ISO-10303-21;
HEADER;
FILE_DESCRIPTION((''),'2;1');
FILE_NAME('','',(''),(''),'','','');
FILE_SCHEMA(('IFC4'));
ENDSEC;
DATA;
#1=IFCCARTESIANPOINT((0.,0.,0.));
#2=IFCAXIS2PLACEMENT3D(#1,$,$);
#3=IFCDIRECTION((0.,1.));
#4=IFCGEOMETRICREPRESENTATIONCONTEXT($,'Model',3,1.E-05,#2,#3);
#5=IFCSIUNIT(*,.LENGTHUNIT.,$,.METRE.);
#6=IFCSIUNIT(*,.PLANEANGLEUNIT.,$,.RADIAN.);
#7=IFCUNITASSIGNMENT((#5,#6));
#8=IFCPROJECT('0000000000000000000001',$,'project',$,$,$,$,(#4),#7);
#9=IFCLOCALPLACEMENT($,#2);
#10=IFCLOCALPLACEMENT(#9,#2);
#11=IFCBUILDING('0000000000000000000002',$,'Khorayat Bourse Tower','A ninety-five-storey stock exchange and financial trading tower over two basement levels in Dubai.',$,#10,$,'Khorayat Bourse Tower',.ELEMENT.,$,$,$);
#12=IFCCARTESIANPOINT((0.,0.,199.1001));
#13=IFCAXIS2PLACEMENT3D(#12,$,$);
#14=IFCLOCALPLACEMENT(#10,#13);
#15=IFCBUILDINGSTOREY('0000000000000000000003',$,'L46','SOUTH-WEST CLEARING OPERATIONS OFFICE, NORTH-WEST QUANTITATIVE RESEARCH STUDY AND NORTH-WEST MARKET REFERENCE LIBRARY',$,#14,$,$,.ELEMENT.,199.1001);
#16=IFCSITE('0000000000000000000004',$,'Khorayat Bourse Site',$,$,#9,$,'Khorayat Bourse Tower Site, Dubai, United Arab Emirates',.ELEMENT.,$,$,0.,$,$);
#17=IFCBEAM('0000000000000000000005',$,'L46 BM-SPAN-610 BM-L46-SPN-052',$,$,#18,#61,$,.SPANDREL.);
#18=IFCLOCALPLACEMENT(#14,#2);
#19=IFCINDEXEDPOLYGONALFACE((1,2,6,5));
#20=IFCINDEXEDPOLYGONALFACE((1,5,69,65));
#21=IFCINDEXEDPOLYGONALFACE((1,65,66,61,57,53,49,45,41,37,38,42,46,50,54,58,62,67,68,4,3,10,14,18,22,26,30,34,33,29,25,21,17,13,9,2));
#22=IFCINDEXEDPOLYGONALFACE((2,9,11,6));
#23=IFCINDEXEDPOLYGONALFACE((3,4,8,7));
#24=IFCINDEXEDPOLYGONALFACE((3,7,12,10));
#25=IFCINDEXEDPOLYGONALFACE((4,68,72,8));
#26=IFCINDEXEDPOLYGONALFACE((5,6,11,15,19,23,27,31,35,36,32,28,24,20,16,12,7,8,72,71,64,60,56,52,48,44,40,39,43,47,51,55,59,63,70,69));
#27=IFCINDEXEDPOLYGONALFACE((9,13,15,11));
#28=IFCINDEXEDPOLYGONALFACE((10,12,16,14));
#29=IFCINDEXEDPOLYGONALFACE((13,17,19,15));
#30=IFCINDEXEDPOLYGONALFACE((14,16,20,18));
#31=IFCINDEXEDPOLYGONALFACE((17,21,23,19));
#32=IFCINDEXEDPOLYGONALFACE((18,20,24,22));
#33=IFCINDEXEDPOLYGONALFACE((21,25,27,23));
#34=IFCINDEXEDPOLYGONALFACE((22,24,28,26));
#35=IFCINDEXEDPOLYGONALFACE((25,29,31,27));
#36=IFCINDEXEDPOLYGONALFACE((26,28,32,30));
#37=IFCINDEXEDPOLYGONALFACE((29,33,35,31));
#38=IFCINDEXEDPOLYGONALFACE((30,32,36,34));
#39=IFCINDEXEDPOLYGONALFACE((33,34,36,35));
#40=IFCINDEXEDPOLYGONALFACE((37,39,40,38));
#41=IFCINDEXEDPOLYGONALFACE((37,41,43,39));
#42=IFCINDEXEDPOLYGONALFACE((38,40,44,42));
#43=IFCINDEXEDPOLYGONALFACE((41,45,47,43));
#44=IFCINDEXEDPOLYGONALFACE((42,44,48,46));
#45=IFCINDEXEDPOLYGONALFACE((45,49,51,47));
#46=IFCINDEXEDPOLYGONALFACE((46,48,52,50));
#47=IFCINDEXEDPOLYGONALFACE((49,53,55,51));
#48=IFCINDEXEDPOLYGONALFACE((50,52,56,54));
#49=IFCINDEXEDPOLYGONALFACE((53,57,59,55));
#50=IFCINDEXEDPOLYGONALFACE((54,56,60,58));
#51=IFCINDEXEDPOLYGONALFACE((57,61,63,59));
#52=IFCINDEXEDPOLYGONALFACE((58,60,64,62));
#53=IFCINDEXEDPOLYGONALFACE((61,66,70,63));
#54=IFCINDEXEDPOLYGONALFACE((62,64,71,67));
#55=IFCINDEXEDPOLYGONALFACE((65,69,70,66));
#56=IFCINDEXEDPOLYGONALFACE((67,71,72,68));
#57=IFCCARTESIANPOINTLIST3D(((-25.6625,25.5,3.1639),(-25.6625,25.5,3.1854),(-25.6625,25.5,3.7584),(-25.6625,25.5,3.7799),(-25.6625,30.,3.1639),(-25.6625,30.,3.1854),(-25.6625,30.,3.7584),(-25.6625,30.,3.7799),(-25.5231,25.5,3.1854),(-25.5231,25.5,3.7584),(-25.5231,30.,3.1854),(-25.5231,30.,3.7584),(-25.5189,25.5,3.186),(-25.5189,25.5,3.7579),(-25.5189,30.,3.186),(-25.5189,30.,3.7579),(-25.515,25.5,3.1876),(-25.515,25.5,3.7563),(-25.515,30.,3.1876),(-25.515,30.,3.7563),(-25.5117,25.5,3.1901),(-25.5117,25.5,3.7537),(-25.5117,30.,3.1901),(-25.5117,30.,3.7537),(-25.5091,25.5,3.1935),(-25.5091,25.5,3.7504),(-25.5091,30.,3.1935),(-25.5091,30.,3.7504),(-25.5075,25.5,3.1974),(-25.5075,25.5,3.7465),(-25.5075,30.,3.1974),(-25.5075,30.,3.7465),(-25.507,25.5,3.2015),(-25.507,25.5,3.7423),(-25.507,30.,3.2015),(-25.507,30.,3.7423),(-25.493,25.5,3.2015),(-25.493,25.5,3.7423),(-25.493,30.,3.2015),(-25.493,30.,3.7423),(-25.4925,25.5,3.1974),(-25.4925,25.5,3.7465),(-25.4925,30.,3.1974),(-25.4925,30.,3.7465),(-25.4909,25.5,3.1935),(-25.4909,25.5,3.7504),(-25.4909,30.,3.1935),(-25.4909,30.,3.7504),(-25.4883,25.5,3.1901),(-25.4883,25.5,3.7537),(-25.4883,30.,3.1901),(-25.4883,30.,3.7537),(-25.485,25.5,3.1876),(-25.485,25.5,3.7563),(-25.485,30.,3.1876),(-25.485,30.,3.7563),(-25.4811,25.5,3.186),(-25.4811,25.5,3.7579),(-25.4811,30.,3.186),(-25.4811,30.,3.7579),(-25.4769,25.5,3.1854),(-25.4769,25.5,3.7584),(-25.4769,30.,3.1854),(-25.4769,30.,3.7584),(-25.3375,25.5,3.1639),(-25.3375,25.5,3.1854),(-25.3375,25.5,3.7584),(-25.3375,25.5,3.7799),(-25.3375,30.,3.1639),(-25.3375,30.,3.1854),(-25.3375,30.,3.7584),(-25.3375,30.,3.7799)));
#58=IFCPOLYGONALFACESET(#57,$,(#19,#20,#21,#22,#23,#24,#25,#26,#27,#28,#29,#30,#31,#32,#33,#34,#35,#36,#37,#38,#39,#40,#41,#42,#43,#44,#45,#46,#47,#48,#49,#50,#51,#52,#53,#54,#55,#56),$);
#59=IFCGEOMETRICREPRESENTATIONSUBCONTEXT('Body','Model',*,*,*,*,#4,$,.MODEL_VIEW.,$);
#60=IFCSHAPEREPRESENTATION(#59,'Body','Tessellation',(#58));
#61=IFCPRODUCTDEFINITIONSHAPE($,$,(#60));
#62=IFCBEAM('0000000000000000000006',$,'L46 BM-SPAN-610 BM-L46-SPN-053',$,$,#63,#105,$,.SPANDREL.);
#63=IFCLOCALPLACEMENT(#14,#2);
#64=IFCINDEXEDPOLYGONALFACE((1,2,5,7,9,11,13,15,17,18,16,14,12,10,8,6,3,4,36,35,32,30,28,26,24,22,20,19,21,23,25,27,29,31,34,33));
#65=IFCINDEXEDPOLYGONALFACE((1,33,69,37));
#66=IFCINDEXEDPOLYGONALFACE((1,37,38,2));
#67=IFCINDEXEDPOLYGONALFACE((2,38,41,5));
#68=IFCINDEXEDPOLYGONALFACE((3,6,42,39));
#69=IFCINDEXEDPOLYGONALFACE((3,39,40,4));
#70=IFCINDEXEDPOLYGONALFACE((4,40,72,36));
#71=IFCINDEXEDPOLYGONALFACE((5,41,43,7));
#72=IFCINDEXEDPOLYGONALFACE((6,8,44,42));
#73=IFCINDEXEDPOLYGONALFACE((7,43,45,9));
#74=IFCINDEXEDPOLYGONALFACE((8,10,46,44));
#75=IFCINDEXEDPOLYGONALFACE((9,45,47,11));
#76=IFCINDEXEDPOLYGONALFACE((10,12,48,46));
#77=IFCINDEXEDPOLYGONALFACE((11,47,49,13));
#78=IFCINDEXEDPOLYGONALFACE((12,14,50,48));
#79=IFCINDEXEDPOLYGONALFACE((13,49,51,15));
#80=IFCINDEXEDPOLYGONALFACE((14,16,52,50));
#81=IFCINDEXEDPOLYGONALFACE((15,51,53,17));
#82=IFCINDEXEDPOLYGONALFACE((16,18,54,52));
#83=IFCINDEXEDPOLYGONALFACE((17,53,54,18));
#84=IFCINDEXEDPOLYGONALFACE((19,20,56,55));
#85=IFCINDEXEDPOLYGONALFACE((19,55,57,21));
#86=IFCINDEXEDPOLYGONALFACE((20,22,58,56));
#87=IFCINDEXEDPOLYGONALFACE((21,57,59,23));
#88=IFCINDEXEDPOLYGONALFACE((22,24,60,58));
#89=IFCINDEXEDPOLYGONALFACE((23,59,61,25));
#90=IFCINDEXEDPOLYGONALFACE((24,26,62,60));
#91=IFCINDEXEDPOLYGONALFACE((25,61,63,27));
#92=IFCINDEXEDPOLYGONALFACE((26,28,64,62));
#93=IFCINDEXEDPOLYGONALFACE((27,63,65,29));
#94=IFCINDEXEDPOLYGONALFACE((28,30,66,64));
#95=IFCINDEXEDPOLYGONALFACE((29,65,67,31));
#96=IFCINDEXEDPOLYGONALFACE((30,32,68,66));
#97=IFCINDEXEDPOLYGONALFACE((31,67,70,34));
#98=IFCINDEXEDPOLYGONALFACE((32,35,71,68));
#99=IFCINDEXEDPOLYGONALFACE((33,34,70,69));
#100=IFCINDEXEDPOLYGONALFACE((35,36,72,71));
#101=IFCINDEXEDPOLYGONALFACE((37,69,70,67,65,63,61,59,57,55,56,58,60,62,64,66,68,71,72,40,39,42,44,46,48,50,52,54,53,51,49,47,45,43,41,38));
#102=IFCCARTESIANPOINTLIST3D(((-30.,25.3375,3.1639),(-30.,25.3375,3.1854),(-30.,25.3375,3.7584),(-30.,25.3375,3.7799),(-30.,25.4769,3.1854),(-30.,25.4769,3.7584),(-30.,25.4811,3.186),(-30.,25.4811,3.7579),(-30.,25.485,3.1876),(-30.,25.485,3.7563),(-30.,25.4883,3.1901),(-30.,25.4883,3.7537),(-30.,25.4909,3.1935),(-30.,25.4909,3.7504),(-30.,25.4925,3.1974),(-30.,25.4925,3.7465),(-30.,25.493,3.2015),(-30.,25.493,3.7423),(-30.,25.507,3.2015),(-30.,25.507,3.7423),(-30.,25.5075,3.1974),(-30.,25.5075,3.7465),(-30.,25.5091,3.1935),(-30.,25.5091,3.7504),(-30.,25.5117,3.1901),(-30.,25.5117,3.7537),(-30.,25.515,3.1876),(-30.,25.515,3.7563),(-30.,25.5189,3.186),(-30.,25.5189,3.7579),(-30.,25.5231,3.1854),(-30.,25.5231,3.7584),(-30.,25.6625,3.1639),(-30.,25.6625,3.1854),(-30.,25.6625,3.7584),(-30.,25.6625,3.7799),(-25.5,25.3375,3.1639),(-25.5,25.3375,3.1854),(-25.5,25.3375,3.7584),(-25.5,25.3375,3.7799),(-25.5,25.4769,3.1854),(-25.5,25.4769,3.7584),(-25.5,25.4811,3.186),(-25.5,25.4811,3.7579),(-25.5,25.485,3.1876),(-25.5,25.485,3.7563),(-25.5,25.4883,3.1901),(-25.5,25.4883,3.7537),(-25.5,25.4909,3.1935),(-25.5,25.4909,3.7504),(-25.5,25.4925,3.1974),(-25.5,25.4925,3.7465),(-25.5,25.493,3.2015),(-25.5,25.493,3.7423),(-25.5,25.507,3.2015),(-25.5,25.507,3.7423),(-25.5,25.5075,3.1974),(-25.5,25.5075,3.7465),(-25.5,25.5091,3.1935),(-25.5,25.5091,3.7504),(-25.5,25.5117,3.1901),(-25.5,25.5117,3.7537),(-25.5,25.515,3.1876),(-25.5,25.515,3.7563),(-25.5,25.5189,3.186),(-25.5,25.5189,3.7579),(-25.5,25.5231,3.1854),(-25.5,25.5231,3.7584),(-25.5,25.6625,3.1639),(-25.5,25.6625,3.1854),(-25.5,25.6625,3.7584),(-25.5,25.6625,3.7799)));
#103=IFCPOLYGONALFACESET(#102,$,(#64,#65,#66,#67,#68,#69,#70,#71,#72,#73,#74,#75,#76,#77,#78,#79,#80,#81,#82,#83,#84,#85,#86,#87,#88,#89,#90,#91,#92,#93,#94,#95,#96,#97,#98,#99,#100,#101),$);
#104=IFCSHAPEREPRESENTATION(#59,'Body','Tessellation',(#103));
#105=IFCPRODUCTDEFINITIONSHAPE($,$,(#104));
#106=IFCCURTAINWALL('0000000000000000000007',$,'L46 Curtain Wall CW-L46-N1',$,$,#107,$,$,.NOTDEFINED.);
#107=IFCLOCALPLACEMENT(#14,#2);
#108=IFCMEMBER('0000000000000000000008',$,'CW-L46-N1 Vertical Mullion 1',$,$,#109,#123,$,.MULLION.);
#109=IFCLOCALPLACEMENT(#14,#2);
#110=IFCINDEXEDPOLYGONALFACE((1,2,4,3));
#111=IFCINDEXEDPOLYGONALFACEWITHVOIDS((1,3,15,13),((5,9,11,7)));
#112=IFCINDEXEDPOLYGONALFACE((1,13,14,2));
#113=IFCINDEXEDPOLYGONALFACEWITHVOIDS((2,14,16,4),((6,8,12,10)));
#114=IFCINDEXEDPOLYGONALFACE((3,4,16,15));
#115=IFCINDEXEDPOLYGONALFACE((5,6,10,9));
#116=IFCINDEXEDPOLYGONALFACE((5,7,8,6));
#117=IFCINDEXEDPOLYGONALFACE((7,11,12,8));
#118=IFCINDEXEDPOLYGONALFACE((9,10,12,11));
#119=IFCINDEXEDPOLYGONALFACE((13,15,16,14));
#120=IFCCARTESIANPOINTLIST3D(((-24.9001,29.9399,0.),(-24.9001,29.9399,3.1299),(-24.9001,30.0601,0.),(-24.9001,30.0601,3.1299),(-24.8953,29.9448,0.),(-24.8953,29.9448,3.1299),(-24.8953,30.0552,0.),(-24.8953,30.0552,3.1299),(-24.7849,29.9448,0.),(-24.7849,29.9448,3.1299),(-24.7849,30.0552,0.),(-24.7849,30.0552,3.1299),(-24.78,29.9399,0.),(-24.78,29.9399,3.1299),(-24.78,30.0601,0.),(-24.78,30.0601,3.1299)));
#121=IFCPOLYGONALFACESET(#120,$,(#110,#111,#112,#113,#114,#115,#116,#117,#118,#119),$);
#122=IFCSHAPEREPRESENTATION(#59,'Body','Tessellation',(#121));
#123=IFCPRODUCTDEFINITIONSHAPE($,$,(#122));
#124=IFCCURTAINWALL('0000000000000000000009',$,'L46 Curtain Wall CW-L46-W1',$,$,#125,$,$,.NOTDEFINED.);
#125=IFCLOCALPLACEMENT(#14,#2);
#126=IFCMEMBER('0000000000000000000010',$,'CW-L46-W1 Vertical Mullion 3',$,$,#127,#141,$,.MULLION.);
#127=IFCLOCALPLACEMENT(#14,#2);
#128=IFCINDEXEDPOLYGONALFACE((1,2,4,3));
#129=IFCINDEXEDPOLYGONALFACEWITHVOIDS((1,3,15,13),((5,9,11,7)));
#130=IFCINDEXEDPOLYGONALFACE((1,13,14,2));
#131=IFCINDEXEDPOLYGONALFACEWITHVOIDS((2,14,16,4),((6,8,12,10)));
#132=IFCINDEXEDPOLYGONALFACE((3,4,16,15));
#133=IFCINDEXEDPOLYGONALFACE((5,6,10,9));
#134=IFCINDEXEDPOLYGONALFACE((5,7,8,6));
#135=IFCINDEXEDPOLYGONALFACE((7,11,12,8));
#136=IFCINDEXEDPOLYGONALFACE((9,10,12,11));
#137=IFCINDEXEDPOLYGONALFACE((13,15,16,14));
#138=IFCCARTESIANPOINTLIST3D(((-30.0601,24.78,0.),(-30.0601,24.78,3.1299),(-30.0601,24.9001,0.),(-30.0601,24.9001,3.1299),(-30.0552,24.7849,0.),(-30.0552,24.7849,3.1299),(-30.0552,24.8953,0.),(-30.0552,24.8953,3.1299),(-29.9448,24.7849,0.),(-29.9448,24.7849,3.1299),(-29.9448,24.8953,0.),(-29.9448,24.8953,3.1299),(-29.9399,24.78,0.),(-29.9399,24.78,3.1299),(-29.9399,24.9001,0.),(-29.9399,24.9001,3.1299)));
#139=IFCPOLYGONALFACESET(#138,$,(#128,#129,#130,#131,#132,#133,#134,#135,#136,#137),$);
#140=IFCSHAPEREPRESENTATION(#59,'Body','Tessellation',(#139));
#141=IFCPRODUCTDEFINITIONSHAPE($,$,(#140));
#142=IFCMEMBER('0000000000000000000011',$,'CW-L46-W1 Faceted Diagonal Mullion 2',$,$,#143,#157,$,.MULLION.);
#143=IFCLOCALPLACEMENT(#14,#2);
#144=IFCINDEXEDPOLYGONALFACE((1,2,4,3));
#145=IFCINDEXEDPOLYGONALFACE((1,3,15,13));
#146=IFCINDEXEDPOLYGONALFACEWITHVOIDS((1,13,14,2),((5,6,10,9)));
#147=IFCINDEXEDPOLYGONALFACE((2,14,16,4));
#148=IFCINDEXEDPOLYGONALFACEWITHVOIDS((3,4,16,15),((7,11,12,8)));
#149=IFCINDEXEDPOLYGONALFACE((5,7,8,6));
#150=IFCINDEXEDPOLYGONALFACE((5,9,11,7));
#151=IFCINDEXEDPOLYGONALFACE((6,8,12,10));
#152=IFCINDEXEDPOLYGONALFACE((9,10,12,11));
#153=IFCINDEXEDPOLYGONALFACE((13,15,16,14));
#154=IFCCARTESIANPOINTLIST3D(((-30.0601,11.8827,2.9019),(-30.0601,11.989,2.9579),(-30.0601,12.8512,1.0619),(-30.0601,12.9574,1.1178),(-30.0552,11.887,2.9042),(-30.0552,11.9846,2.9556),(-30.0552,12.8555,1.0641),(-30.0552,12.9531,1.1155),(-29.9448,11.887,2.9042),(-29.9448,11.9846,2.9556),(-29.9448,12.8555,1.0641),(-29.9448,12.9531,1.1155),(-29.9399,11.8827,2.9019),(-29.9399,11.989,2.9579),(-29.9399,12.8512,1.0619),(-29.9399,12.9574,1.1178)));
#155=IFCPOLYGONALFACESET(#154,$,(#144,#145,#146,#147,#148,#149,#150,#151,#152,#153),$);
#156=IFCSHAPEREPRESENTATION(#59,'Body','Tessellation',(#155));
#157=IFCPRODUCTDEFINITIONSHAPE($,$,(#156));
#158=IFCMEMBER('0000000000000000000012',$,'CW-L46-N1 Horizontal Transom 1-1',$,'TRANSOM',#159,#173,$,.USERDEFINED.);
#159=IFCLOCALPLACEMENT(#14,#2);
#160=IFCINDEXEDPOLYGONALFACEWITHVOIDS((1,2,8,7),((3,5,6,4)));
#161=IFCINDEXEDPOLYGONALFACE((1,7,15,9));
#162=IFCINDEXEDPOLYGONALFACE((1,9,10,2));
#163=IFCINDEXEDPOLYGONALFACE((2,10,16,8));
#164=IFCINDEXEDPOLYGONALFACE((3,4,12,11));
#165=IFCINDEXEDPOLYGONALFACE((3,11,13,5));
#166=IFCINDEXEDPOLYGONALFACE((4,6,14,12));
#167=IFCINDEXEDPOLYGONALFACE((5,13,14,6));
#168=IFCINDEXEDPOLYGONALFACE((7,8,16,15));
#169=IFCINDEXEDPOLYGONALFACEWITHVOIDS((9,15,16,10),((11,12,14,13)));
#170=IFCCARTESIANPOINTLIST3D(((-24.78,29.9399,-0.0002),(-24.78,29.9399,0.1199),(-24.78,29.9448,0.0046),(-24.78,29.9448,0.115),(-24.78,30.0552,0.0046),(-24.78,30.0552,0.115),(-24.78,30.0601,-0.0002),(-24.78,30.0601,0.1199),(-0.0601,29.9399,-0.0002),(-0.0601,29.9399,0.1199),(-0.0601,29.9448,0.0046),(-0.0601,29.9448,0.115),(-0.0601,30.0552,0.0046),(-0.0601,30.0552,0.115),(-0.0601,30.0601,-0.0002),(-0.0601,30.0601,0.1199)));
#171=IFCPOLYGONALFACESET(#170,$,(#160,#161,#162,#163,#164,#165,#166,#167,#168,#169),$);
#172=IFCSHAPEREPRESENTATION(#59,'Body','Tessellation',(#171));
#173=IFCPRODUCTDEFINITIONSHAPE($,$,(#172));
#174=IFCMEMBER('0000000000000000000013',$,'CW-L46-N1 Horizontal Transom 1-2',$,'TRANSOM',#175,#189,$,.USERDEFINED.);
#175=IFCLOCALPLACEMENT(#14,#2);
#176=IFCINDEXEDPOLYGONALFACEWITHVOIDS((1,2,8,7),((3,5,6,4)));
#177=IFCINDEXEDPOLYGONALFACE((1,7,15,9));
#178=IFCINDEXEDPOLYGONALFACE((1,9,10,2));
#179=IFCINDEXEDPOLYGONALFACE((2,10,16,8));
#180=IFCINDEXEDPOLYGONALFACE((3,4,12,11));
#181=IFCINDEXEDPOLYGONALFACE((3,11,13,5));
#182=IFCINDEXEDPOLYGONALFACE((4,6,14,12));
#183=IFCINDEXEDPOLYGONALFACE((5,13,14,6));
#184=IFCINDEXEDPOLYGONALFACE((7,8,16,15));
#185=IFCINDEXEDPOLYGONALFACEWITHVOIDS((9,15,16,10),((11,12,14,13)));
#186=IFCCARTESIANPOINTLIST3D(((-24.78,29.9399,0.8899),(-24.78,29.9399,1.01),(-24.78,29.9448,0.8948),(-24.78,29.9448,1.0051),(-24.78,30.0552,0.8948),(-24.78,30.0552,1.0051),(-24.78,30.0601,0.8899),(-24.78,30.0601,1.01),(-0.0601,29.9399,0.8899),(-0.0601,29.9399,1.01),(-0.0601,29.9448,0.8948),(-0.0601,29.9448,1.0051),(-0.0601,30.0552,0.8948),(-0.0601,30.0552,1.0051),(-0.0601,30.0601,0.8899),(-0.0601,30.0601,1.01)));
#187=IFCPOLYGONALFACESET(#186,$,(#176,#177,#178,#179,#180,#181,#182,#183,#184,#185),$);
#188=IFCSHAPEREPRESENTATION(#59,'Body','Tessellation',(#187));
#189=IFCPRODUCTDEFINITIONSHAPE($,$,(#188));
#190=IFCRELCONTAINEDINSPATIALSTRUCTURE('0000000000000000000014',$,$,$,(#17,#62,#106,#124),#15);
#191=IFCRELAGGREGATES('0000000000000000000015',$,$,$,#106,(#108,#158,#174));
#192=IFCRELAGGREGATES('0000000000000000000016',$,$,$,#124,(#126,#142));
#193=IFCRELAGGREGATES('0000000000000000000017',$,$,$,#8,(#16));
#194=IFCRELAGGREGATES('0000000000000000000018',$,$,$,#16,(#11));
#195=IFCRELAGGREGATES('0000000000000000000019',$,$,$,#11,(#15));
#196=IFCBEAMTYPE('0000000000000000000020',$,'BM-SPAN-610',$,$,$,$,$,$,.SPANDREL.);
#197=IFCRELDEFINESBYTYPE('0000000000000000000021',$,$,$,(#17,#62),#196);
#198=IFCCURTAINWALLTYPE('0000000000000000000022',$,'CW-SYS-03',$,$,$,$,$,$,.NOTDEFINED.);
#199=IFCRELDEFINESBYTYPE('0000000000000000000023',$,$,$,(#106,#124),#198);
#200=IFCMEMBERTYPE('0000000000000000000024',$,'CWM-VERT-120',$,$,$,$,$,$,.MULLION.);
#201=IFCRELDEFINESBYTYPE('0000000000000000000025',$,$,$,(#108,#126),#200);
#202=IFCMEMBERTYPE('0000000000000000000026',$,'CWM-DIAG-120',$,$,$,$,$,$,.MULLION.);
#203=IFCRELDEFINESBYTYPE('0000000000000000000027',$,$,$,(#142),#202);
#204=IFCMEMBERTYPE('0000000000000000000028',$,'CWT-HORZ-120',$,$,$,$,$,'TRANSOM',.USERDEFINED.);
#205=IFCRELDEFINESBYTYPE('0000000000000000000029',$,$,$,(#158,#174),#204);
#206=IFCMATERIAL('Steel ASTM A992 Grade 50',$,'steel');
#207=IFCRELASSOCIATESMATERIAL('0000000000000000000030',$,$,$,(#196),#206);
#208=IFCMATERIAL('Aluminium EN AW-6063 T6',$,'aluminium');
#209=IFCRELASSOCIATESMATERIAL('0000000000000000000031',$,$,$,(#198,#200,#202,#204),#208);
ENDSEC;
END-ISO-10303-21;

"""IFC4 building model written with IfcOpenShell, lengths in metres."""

from ifc_helpers import new_model, si_unit, direction, frame, origin, origin_2d, place, context, subcontext, project, spatial, hollow_rectangle, i_section, extrude, source, transform, mapped, material, material_profile, profile_set, type_object, element, aggregate, save


model = new_model("IFC4")

# Units and contexts
model_context = context("Model", 3, precision=1e-05, world=origin(), true_north=direction((0.0, 1.0)))
body_context = subcontext(model_context, "Body", "Model", "MODEL_VIEW")
ifc_project = project(units=[si_unit("LENGTHUNIT", "METRE"), si_unit("PLANEANGLEUNIT", "RADIAN")], contexts=[model_context])

# Site, building, storey
site_placement = place(None, origin())
site = spatial("IfcSite", under=ifc_project, at=site_placement, Name="Khorayat Bourse Site", LongName="Khorayat Bourse Tower Site, Dubai, United Arab Emirates", CompositionType="ELEMENT", RefElevation=0.0)
building_placement = place(site_placement, origin())
building = spatial("IfcBuilding", under=site, at=building_placement, Name="Khorayat Bourse Tower", Description="A ninety-five-storey stock exchange and financial trading tower over two basement levels in Dubai.", LongName="Khorayat Bourse Tower", CompositionType="ELEMENT")
storey_placement = place(building_placement, frame((0.0, 0.0, 199.1001)))
storey = spatial("IfcBuildingStorey", under=building, at=storey_placement, Name="L46", Description="SOUTH-WEST CLEARING OPERATIONS OFFICE, NORTH-WEST QUANTITATIVE RESEARCH STUDY AND NORTH-WEST MARKET REFERENCE LIBRARY", CompositionType="ELEMENT", Elevation=199.1001)

# Beams
ifc_material_1 = material(Name="Steel ASTM A992 Grade 50", Category="steel")
ifc_material_profile_1 = material_profile(ifc_material_1, i_section(OverallWidth=0.325, OverallDepth=0.616, WebThickness=0.0139, FlangeThickness=0.0215, FilletRadius=0.0161, at=origin_2d()), Name="W610X174")
ifc_profile_set_1 = profile_set([ifc_material_profile_1], Name="Steel ASTM A992 Grade 50")
beam_type_1 = type_object("IfcBeamType", Name="BM-SPAN-610", PredefinedType="SPANDREL", material=ifc_profile_set_1)
shared_shape_1 = source(origin(), body_context, "Body", "SweptSolid", [
    extrude(i_section(OverallWidth=0.325, OverallDepth=0.616, WebThickness=0.0139, FlangeThickness=0.0215, FilletRadius=0.0161, at=origin_2d()), origin(), (0.0, 0.0, 1.0), 4.5),
])
for number, where, z_axis, x_axis, name in (
    (1, (-25.5, 25.5, 3.4719), (0.0, 1.0, 0.0), (-1.0, 0.0, 0.0), "L46 BM-SPAN-610 BM-L46-SPN-052"),
    (2, (-30.0, 25.5, 3.4719), (1.0, 0.0, 0.0), (0.0, 1.0, 0.0), "L46 BM-SPAN-610 BM-L46-SPN-053"),
):
    element("IfcBeam", number, at=place(storey_placement, frame(where, z_axis=z_axis, x_axis=x_axis)), inside=storey, type_object=beam_type_1, Name=name, PredefinedType="SPANDREL", context=body_context, shape_type="MappedRepresentation", body=[
        mapped(shared_shape_1, transform((0.0, 0.0, 0.0), scale=1.0)),
    ])

# Curtain wall, member
ifc_material_2 = material(Name="Aluminium EN AW-6063 T6", Category="aluminium")
curtain_wall_type = type_object("IfcCurtainWallType", Name="CW-SYS-03", PredefinedType="NOTDEFINED", material=ifc_material_2)
curtain_wall_1_placement = place(storey_placement, origin())
curtain_wall_1 = element("IfcCurtainWall", 3, at=curtain_wall_1_placement, inside=storey, type_object=curtain_wall_type, Name="L46 Curtain Wall CW-L46-N1", PredefinedType="NOTDEFINED")
ifc_material_profile_2 = material_profile(ifc_material_2, hollow_rectangle(XDim=0.1201, YDim=0.1201, WallThickness=0.0049, at=origin_2d()), Name="ALU 120x120x5")
ifc_profile_set_2 = profile_set([ifc_material_profile_2], Name="Aluminium EN AW-6063 T6")
member_type_1 = type_object("IfcMemberType", Name="CWM-VERT-120", PredefinedType="MULLION", material=ifc_profile_set_2)
shared_shape_2 = source(origin(), body_context, "Body", "SweptSolid", [
    extrude(hollow_rectangle(XDim=0.1201, YDim=0.1201, WallThickness=0.0049, at=origin_2d()), origin(), (0.0, 0.0, 1.0), 3.1299),
])
member_1_placement = place(storey_placement, frame((-24.8401, 30.0, 0.0), z_axis=(0.0, 0.0, 1.0), x_axis=(0.0, 1.0, 0.0)))
member_1 = element("IfcMember", 4, at=member_1_placement, type_object=member_type_1, Name="CW-L46-N1 Vertical Mullion 1", PredefinedType="MULLION", context=body_context, shape_type="MappedRepresentation", body=[
    mapped(shared_shape_2, transform((0.0, 0.0, 0.0), scale=1.0)),
])

# Curtain wall, members
curtain_wall_2_placement = place(storey_placement, origin())
curtain_wall_2 = element("IfcCurtainWall", 5, at=curtain_wall_2_placement, inside=storey, type_object=curtain_wall_type, Name="L46 Curtain Wall CW-L46-W1", PredefinedType="NOTDEFINED")
member_2_placement = place(storey_placement, frame((-30.0, 24.8401, 0.0), z_axis=(0.0, 0.0, 1.0), x_axis=(-1.0, 0.0, 0.0)))
member_2 = element("IfcMember", 6, at=member_2_placement, type_object=member_type_1, Name="CW-L46-W1 Vertical Mullion 3", PredefinedType="MULLION", context=body_context, shape_type="MappedRepresentation", body=[
    mapped(shared_shape_2, transform((0.0, 0.0, 0.0), scale=1.0)),
])
ifc_material_profile_3 = material_profile(ifc_material_2, hollow_rectangle(XDim=0.1201, YDim=0.1201, WallThickness=0.0049, at=origin_2d()), Name="ALU 120x120x5")
ifc_profile_set_3 = profile_set([ifc_material_profile_3], Name="Aluminium EN AW-6063 T6")
member_type_2 = type_object("IfcMemberType", Name="CWM-DIAG-120", PredefinedType="MULLION", material=ifc_profile_set_3)
shared_shape_3 = source(origin(), body_context, "Body", "SweptSolid", [
    extrude(hollow_rectangle(XDim=0.1201, YDim=0.1201, WallThickness=0.0049, at=origin_2d()), origin(), (0.0, 0.0, 1.0), 2.0793),
])
member_3_placement = place(storey_placement, frame((-30.0, 12.9043, 1.0898), z_axis=(0.0, -0.465761, 0.884911), x_axis=(1.0, 0.0, 0.0)))
member_3 = element("IfcMember", 7, at=member_3_placement, type_object=member_type_2, Name="CW-L46-W1 Faceted Diagonal Mullion 2", PredefinedType="MULLION", context=body_context, shape_type="MappedRepresentation", body=[
    mapped(shared_shape_3, transform((0.0, 0.0, 0.0), scale=1.0)),
])

# Members
ifc_material_profile_4 = material_profile(ifc_material_2, hollow_rectangle(XDim=0.1201, YDim=0.1201, WallThickness=0.0049, at=origin_2d()), Name="ALU 120x120x5")
ifc_profile_set_4 = profile_set([ifc_material_profile_4], Name="Aluminium EN AW-6063 T6")
member_type_3 = type_object("IfcMemberType", Name="CWT-HORZ-120", ElementType="TRANSOM", PredefinedType="USERDEFINED", material=ifc_profile_set_4)
shared_shape_4 = source(origin(), body_context, "Body", "SweptSolid", [
    extrude(hollow_rectangle(XDim=0.1201, YDim=0.1201, WallThickness=0.0049, at=origin_2d()), origin(), (0.0, 0.0, 1.0), 24.72),
])
member_4_placement = place(storey_placement, frame((-24.78, 30.0, 0.0598), z_axis=(1.0, 0.0, 0.0), x_axis=(0.0, 1.0, 0.0)))
member_4 = element("IfcMember", 8, at=member_4_placement, type_object=member_type_3, Name="CW-L46-N1 Horizontal Transom 1-1", ObjectType="TRANSOM", PredefinedType="USERDEFINED", context=body_context, shape_type="MappedRepresentation", body=[
    mapped(shared_shape_4, transform((0.0, 0.0, 0.0), scale=1.0)),
])
member_5_placement = place(storey_placement, frame((-24.78, 30.0, 0.95), z_axis=(1.0, 0.0, 0.0), x_axis=(0.0, 1.0, 0.0)))
member_5 = element("IfcMember", 9, at=member_5_placement, type_object=member_type_3, Name="CW-L46-N1 Horizontal Transom 1-2", ObjectType="TRANSOM", PredefinedType="USERDEFINED", context=body_context, shape_type="MappedRepresentation", body=[
    mapped(shared_shape_4, transform((0.0, 0.0, 0.0), scale=1.0)),
])
aggregate(curtain_wall_1, [member_1, member_4, member_5])

aggregate(curtain_wall_2, [member_2, member_3])

save(model, "model.ifc")
